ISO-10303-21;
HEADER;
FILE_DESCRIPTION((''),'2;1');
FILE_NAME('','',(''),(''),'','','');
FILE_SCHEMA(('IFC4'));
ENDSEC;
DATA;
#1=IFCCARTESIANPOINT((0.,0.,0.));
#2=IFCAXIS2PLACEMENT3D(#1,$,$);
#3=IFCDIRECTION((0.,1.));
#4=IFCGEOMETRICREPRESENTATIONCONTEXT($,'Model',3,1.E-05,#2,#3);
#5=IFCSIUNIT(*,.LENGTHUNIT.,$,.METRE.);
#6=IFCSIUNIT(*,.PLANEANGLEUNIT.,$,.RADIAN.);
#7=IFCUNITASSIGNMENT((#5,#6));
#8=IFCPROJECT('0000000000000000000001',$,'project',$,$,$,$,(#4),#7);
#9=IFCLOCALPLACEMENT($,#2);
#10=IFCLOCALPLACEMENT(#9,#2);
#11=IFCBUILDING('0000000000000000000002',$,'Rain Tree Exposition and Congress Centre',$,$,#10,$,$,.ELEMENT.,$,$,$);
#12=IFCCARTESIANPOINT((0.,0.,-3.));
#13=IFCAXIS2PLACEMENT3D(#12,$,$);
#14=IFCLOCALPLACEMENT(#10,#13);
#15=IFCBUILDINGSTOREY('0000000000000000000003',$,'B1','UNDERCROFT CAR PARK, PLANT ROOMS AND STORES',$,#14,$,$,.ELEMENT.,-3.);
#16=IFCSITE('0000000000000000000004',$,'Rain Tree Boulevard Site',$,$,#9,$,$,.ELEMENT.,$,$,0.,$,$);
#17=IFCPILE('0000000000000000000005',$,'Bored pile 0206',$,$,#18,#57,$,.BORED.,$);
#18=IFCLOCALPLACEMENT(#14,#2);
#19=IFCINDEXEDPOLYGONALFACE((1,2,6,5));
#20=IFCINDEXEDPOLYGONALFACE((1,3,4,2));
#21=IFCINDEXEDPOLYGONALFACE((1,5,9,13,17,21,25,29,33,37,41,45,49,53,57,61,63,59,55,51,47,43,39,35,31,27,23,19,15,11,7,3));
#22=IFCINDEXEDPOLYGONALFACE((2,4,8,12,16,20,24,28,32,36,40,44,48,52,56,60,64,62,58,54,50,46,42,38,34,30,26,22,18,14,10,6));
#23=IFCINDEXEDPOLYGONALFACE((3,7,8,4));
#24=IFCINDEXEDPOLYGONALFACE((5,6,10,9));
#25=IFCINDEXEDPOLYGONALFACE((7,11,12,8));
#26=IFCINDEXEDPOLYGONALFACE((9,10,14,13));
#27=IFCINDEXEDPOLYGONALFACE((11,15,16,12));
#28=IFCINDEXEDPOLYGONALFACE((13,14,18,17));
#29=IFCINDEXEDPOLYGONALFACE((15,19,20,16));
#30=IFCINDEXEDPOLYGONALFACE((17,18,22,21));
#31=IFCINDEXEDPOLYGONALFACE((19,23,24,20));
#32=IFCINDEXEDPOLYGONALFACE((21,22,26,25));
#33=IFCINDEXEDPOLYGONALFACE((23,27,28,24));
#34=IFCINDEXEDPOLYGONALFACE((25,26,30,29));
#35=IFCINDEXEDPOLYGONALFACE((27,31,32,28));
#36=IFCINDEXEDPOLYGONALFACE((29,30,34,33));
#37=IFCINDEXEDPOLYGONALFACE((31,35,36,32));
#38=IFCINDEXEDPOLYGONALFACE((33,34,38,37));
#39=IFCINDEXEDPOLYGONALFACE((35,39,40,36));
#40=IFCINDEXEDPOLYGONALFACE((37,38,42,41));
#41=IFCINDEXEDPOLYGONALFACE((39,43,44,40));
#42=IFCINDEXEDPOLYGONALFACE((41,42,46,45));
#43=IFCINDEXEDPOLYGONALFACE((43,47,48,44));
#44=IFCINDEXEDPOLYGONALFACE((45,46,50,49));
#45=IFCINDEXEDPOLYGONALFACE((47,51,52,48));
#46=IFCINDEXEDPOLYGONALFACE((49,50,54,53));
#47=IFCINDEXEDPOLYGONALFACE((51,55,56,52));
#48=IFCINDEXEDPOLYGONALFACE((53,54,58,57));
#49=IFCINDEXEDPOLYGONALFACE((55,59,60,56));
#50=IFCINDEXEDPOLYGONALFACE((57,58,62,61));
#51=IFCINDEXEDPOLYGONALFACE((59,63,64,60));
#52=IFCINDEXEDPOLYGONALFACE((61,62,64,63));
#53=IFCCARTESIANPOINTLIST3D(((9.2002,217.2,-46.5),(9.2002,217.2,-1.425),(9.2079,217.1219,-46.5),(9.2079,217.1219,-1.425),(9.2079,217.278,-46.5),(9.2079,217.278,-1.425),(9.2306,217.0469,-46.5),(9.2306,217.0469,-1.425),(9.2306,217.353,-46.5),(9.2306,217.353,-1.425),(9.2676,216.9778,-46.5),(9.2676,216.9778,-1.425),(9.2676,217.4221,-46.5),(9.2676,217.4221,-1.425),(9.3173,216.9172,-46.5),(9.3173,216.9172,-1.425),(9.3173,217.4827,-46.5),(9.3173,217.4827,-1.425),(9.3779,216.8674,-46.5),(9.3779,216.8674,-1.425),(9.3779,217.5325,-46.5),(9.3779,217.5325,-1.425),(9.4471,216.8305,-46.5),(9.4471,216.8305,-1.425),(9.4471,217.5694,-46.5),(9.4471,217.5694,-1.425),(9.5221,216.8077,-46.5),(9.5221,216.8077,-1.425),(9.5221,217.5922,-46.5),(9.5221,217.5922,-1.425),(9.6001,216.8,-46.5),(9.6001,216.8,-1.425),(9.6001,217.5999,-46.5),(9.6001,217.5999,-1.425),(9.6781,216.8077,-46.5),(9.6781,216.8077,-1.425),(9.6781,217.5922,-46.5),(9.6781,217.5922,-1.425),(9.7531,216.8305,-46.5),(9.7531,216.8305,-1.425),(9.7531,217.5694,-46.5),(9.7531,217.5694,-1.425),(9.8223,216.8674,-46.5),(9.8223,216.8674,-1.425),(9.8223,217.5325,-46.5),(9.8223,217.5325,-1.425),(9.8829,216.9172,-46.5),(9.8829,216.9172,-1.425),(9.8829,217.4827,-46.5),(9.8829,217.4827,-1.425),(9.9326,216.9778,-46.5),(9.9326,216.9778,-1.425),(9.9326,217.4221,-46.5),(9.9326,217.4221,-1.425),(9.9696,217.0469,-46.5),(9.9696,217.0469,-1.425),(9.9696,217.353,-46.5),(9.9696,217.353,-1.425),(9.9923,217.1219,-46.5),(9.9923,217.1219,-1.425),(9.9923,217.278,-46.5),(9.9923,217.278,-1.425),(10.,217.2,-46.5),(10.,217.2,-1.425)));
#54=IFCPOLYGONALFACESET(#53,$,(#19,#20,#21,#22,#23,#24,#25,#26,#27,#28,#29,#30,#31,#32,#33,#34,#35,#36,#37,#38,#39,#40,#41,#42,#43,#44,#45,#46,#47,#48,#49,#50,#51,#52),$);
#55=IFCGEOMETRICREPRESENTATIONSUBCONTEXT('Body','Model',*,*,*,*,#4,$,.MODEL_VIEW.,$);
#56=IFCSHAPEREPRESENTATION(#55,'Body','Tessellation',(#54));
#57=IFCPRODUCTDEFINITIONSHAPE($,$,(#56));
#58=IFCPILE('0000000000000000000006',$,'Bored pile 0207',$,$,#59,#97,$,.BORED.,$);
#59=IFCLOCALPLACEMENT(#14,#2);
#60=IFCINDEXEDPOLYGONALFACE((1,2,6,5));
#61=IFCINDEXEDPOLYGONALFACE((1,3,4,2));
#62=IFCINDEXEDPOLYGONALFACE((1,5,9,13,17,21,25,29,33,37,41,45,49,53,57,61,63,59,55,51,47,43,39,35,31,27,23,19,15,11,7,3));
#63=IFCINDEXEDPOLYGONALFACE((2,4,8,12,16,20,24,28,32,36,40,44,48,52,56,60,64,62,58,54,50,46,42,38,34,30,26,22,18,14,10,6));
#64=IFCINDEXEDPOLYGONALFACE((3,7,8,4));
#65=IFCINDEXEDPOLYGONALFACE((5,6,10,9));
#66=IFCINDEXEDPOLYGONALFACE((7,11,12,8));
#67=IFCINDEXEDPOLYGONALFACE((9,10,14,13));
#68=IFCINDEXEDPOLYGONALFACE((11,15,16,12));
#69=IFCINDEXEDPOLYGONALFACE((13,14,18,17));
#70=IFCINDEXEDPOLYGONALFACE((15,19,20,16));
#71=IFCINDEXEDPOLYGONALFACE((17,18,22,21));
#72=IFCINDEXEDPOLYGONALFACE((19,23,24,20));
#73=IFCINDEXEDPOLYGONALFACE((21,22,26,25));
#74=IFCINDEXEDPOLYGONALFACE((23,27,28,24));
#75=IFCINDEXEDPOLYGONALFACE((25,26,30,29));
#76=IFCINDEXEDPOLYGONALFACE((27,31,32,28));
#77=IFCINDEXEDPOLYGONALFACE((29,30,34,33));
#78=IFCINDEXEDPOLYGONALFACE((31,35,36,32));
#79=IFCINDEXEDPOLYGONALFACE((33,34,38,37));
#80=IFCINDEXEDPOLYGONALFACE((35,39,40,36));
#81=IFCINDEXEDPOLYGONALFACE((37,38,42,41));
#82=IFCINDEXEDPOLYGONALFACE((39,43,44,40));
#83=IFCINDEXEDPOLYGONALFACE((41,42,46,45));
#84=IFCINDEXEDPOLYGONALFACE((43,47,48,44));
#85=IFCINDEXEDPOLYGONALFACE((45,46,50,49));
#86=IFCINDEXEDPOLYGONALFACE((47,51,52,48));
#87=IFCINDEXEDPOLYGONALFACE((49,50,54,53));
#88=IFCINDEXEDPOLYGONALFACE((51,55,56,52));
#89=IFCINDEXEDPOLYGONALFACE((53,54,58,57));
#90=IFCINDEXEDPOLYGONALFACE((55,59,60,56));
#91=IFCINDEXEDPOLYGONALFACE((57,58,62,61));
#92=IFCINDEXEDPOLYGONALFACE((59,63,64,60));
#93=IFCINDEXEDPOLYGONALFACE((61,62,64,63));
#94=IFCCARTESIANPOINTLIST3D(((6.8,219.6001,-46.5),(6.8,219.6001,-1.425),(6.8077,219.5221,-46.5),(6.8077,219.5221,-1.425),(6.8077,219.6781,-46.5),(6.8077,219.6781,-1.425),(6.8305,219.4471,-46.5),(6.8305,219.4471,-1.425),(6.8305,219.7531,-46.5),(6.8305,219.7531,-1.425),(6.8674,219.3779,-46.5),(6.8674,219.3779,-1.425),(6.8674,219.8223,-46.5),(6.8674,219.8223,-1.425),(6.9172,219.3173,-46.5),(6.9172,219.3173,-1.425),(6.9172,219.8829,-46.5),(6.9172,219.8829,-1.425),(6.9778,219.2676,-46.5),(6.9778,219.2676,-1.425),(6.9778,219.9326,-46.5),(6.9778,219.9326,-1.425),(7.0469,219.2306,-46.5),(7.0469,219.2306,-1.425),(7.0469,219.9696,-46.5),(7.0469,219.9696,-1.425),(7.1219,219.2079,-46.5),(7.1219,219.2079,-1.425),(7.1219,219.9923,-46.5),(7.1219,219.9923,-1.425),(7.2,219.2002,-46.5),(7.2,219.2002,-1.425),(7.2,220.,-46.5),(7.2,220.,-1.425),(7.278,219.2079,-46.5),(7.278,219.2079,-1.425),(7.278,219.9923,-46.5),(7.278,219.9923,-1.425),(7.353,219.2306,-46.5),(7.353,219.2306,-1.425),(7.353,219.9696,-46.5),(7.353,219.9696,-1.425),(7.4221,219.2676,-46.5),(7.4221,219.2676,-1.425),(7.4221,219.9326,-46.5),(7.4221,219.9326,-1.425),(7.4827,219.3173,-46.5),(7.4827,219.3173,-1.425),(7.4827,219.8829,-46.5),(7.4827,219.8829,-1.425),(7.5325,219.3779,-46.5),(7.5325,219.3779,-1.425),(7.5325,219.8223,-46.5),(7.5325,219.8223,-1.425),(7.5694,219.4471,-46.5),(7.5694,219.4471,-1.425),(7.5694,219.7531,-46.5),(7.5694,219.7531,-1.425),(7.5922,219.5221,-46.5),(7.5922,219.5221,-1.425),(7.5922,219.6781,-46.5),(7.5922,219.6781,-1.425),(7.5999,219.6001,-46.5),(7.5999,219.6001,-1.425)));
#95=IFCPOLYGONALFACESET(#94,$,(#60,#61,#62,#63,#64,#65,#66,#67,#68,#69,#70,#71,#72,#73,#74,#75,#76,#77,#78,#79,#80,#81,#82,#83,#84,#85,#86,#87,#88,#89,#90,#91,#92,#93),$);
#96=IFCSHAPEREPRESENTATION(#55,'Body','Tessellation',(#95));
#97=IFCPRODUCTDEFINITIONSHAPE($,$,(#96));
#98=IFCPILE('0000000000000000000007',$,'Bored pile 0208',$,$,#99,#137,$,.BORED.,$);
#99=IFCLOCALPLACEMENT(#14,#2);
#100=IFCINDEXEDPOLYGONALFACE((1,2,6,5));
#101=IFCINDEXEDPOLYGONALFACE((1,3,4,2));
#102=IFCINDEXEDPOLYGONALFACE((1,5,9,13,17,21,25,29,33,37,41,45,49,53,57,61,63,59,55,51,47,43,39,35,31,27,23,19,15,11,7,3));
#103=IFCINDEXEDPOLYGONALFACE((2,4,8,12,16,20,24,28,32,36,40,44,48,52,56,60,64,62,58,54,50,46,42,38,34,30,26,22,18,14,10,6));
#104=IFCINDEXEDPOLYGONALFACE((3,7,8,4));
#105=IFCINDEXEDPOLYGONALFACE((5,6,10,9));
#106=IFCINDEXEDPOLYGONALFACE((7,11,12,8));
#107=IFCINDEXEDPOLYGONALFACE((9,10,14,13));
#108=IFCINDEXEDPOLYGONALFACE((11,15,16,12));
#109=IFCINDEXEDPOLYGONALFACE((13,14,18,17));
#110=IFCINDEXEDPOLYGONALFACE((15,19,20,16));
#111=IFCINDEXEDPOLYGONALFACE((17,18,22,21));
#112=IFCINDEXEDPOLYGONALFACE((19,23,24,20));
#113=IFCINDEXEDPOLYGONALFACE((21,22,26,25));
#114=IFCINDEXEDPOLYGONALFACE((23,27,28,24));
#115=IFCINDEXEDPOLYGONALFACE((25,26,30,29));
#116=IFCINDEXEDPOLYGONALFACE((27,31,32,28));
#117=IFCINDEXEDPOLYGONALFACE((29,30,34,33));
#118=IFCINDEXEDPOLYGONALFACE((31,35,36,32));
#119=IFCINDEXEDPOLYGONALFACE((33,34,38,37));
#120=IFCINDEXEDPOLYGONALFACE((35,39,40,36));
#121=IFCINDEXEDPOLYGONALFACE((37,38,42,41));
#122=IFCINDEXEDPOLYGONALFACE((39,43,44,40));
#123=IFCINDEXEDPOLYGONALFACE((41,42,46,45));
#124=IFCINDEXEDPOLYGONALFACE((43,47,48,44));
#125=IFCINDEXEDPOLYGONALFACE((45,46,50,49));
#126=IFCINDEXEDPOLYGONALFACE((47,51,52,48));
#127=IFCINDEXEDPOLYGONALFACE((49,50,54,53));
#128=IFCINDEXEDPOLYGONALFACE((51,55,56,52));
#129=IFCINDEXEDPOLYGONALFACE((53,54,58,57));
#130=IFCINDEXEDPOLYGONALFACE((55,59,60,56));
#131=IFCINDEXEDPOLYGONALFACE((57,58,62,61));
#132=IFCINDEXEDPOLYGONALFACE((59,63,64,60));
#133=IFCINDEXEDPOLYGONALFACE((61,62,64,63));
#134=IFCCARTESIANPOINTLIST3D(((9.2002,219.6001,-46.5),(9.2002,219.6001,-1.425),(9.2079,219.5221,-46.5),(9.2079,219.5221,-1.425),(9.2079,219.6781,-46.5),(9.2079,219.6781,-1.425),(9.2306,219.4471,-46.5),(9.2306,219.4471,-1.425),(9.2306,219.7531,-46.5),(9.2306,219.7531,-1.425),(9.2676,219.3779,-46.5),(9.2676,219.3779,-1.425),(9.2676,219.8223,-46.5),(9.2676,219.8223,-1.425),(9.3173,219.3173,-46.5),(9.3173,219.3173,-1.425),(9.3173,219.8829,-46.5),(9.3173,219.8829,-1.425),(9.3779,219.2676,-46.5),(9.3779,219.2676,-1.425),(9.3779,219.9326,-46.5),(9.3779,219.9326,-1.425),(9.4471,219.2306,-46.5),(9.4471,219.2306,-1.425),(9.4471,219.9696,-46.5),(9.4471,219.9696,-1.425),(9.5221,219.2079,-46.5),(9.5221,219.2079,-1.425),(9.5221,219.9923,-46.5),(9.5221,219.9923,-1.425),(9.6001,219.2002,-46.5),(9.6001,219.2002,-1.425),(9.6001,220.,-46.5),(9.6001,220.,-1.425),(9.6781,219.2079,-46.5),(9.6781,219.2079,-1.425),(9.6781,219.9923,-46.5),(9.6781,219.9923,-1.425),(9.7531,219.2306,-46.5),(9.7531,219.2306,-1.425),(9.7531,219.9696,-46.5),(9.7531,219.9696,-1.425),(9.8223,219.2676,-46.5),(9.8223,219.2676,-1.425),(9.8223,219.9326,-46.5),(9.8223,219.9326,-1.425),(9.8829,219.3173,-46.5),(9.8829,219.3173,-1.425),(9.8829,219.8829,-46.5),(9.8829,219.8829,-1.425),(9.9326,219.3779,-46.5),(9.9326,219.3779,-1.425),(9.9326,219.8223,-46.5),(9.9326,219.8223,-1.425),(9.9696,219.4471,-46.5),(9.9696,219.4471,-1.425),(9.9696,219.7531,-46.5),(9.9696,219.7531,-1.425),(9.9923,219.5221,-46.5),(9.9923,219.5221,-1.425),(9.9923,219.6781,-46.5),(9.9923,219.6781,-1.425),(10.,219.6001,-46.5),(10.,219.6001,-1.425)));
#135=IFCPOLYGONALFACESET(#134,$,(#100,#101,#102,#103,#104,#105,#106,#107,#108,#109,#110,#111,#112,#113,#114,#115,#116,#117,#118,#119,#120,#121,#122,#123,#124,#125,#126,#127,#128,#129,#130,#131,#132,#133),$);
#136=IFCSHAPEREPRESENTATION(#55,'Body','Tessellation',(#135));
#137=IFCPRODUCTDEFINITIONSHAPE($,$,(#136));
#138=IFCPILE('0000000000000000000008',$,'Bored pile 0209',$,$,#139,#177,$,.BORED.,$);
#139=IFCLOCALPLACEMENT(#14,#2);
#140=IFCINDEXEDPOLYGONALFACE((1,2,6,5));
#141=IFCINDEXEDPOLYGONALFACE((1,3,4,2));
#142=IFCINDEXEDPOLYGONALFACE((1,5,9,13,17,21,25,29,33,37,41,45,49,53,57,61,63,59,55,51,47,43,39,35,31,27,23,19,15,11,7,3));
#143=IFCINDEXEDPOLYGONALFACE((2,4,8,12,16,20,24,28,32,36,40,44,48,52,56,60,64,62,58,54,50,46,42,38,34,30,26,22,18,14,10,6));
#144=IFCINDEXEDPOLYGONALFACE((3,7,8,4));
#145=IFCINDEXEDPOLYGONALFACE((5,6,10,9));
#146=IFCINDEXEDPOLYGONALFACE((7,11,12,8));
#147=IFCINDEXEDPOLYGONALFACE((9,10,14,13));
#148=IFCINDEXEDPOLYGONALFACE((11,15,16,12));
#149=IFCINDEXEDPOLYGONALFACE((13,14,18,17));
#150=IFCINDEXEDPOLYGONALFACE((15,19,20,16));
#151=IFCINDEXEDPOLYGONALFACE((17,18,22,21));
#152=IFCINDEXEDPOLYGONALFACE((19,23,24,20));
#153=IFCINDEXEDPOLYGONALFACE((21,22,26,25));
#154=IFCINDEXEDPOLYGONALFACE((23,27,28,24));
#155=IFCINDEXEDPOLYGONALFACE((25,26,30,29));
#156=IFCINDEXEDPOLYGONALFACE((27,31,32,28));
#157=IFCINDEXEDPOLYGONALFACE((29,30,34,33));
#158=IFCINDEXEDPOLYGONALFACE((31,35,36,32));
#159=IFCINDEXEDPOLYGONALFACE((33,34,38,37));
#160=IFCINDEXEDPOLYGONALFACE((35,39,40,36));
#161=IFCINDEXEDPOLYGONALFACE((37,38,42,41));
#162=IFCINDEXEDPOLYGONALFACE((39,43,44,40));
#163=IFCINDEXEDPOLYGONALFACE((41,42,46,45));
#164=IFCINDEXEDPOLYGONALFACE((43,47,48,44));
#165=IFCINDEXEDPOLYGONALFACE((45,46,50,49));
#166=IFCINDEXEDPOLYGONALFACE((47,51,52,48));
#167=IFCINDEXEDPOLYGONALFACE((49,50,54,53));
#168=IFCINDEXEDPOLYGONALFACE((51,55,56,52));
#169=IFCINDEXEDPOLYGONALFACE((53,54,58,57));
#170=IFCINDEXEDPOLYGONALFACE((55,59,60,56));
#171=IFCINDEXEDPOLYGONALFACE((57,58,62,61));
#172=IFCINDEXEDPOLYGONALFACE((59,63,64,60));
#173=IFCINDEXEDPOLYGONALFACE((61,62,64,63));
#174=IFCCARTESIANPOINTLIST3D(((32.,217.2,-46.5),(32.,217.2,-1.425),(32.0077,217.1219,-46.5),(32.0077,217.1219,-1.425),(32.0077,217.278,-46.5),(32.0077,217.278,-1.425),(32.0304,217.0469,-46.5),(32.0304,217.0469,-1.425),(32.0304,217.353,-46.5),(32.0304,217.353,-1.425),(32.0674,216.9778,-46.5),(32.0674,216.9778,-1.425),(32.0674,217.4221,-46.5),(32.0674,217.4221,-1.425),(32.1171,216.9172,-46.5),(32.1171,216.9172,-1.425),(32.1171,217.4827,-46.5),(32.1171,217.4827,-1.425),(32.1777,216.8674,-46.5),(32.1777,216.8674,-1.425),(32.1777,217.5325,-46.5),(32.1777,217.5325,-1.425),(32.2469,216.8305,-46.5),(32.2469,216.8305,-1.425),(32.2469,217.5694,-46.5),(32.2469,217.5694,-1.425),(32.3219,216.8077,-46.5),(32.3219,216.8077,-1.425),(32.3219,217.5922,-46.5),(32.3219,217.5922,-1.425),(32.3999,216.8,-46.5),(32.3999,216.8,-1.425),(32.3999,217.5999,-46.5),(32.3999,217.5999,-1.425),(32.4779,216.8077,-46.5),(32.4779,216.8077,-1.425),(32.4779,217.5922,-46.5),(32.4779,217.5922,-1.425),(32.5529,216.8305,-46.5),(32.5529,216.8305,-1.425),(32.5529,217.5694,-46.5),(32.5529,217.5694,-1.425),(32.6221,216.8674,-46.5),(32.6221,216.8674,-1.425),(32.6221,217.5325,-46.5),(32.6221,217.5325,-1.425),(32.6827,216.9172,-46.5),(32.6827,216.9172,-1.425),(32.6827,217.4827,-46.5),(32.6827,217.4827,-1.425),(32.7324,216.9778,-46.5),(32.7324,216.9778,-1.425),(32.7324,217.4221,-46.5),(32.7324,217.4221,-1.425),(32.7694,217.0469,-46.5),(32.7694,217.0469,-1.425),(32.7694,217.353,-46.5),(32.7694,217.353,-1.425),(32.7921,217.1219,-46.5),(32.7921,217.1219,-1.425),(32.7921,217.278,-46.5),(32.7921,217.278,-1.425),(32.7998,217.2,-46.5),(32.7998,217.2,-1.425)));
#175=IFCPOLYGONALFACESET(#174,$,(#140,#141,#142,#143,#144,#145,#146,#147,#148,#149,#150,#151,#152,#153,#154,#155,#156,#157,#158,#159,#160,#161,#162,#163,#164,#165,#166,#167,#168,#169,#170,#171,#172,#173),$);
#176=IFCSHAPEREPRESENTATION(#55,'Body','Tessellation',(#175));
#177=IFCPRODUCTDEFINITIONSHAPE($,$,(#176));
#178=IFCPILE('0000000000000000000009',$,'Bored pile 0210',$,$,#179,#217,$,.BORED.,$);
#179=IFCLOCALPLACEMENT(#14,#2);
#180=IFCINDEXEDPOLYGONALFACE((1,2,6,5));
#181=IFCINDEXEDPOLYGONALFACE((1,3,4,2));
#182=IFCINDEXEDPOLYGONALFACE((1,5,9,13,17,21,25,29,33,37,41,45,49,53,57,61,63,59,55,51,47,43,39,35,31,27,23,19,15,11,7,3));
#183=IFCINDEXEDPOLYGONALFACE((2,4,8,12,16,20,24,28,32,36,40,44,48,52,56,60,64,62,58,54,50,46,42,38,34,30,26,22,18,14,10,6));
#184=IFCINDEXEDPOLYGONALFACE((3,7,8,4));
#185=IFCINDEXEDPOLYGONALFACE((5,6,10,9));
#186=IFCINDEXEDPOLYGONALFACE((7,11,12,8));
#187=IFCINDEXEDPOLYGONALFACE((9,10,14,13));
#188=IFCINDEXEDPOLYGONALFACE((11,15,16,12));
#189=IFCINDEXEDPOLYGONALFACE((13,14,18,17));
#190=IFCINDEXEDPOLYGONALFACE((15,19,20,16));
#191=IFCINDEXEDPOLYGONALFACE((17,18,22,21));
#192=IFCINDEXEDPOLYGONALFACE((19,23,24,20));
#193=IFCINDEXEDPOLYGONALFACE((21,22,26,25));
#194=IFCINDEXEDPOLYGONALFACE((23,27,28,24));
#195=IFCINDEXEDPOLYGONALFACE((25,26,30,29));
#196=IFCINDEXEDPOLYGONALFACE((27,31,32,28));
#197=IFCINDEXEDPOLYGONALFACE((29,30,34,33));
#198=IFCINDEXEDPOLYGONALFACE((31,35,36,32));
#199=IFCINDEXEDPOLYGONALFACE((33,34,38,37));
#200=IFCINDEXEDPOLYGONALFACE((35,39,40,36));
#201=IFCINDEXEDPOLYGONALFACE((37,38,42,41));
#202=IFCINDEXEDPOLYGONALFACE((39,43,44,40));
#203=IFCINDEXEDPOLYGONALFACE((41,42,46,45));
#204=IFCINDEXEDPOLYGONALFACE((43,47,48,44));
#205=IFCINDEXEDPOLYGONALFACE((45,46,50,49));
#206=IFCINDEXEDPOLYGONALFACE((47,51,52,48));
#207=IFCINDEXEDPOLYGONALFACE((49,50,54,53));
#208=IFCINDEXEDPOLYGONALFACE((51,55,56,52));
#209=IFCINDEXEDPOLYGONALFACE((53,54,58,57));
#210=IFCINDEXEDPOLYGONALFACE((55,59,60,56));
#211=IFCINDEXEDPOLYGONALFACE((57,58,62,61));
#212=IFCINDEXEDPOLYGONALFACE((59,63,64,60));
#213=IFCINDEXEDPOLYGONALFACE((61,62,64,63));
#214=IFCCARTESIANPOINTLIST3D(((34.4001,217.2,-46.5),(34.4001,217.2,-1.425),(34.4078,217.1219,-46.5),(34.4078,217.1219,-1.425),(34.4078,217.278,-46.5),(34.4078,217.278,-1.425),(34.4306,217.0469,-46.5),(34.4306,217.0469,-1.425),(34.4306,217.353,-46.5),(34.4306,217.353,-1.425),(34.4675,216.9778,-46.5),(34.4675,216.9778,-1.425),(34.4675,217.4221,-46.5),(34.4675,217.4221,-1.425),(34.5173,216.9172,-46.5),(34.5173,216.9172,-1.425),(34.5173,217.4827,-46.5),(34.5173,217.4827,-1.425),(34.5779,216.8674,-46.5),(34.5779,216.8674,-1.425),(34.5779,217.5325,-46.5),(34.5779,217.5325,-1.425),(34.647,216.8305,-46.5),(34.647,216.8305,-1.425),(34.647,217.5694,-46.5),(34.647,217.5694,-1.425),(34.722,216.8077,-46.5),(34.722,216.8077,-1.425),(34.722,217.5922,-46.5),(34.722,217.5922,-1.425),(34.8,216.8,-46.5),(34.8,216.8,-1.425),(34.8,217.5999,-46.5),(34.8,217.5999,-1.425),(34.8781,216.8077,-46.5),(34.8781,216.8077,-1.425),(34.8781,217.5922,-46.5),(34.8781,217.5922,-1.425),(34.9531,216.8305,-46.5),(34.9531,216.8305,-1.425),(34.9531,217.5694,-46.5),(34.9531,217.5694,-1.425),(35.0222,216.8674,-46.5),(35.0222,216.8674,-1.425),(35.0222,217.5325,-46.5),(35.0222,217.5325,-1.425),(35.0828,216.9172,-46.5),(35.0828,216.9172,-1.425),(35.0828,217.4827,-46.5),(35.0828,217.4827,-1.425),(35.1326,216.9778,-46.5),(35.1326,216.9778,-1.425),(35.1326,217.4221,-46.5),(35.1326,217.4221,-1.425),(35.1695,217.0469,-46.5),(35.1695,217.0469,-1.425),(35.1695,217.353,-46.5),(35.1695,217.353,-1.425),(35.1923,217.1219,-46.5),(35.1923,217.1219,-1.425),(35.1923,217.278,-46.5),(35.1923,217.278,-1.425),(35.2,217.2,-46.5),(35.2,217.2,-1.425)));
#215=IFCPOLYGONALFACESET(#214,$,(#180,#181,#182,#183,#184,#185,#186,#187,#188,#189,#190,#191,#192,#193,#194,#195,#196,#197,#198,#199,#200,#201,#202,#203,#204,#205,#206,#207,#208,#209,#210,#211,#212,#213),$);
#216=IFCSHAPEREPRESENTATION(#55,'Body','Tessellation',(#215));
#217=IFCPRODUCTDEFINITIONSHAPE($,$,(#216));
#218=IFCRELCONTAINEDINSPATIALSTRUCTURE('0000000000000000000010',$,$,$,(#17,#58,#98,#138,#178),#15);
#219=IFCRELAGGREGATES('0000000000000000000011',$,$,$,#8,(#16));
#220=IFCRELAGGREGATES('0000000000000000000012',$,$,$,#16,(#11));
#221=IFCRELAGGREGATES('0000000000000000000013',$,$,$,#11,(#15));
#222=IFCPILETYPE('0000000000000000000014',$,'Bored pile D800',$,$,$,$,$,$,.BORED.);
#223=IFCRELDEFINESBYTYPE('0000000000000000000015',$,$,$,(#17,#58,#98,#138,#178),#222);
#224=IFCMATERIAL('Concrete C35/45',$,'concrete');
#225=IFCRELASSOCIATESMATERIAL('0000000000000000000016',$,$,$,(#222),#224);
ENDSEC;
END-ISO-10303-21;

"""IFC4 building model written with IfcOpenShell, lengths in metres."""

from ifc_helpers import new_model, si_unit, direction, frame, origin, origin_2d, place, context, subcontext, project, spatial, circle, extrude, material, material_profile, profile_set, type_object, element, save


model = new_model("IFC4")

# Units and contexts
model_context = context("Model", 3, precision=1e-05, world=origin(), true_north=direction((0.0, 1.0)))
body_context = subcontext(model_context, "Body", "Model", "MODEL_VIEW")
ifc_project = project(units=[si_unit("LENGTHUNIT", "METRE"), si_unit("PLANEANGLEUNIT", "RADIAN")], contexts=[model_context])

# Site, building, storey
site_placement = place(None, origin())
site = spatial("IfcSite", under=ifc_project, at=site_placement, Name="Rain Tree Boulevard Site", CompositionType="ELEMENT", RefElevation=0.0)
building_placement = place(site_placement, origin())
building = spatial("IfcBuilding", under=site, at=building_placement, Name="Rain Tree Exposition and Congress Centre", CompositionType="ELEMENT")
storey_placement = place(building_placement, frame((0.0, 0.0, -3.0)))
storey = spatial("IfcBuildingStorey", under=building, at=storey_placement, Name="B1", Description="UNDERCROFT CAR PARK, PLANT ROOMS AND STORES", CompositionType="ELEMENT", Elevation=-3.0)

# Piles
ifc_material_1 = material(Name="Concrete C35/45", Category="concrete")
ifc_material_profile_1 = material_profile(ifc_material_1, circle(Radius=0.3999, at=origin_2d()), Name="D800")
ifc_profile_set_1 = profile_set([ifc_material_profile_1], Name="Concrete C35/45")
pile_type_1 = type_object("IfcPileType", Name="Bored pile D800", PredefinedType="BORED", material=ifc_profile_set_1)
for number, where, z_axis, x_axis, name in (
    (1, (9.6001, 217.2, -1.425), (0.0, 0.0, -1.0), (1.0, 0.0, 0.0), "Bored pile 0206"),
    (2, (7.2, 219.6001, -1.425), (0.0, 0.0, -1.0), (1.0, 0.0, 0.0), "Bored pile 0207"),
    (3, (9.6001, 219.6001, -1.425), (0.0, 0.0, -1.0), (1.0, 0.0, 0.0), "Bored pile 0208"),
    (4, (32.3999, 217.2, -1.425), (0.0, 0.0, -1.0), (1.0, 0.0, 0.0), "Bored pile 0209"),
    (5, (34.8, 217.2, -1.425), (0.0, 0.0, -1.0), (1.0, 0.0, 0.0), "Bored pile 0210"),
):
    element("IfcPile", number, at=place(storey_placement, frame(where, z_axis=z_axis, x_axis=x_axis)), inside=storey, type_object=pile_type_1, Name=name, PredefinedType="BORED", context=body_context, shape_type="SweptSolid", body=[
        extrude(circle(Radius=0.3999, at=origin_2d()), origin(), (0.0, 0.0, 1.0), 45.075),
    ])

save(model, "model.ifc")
